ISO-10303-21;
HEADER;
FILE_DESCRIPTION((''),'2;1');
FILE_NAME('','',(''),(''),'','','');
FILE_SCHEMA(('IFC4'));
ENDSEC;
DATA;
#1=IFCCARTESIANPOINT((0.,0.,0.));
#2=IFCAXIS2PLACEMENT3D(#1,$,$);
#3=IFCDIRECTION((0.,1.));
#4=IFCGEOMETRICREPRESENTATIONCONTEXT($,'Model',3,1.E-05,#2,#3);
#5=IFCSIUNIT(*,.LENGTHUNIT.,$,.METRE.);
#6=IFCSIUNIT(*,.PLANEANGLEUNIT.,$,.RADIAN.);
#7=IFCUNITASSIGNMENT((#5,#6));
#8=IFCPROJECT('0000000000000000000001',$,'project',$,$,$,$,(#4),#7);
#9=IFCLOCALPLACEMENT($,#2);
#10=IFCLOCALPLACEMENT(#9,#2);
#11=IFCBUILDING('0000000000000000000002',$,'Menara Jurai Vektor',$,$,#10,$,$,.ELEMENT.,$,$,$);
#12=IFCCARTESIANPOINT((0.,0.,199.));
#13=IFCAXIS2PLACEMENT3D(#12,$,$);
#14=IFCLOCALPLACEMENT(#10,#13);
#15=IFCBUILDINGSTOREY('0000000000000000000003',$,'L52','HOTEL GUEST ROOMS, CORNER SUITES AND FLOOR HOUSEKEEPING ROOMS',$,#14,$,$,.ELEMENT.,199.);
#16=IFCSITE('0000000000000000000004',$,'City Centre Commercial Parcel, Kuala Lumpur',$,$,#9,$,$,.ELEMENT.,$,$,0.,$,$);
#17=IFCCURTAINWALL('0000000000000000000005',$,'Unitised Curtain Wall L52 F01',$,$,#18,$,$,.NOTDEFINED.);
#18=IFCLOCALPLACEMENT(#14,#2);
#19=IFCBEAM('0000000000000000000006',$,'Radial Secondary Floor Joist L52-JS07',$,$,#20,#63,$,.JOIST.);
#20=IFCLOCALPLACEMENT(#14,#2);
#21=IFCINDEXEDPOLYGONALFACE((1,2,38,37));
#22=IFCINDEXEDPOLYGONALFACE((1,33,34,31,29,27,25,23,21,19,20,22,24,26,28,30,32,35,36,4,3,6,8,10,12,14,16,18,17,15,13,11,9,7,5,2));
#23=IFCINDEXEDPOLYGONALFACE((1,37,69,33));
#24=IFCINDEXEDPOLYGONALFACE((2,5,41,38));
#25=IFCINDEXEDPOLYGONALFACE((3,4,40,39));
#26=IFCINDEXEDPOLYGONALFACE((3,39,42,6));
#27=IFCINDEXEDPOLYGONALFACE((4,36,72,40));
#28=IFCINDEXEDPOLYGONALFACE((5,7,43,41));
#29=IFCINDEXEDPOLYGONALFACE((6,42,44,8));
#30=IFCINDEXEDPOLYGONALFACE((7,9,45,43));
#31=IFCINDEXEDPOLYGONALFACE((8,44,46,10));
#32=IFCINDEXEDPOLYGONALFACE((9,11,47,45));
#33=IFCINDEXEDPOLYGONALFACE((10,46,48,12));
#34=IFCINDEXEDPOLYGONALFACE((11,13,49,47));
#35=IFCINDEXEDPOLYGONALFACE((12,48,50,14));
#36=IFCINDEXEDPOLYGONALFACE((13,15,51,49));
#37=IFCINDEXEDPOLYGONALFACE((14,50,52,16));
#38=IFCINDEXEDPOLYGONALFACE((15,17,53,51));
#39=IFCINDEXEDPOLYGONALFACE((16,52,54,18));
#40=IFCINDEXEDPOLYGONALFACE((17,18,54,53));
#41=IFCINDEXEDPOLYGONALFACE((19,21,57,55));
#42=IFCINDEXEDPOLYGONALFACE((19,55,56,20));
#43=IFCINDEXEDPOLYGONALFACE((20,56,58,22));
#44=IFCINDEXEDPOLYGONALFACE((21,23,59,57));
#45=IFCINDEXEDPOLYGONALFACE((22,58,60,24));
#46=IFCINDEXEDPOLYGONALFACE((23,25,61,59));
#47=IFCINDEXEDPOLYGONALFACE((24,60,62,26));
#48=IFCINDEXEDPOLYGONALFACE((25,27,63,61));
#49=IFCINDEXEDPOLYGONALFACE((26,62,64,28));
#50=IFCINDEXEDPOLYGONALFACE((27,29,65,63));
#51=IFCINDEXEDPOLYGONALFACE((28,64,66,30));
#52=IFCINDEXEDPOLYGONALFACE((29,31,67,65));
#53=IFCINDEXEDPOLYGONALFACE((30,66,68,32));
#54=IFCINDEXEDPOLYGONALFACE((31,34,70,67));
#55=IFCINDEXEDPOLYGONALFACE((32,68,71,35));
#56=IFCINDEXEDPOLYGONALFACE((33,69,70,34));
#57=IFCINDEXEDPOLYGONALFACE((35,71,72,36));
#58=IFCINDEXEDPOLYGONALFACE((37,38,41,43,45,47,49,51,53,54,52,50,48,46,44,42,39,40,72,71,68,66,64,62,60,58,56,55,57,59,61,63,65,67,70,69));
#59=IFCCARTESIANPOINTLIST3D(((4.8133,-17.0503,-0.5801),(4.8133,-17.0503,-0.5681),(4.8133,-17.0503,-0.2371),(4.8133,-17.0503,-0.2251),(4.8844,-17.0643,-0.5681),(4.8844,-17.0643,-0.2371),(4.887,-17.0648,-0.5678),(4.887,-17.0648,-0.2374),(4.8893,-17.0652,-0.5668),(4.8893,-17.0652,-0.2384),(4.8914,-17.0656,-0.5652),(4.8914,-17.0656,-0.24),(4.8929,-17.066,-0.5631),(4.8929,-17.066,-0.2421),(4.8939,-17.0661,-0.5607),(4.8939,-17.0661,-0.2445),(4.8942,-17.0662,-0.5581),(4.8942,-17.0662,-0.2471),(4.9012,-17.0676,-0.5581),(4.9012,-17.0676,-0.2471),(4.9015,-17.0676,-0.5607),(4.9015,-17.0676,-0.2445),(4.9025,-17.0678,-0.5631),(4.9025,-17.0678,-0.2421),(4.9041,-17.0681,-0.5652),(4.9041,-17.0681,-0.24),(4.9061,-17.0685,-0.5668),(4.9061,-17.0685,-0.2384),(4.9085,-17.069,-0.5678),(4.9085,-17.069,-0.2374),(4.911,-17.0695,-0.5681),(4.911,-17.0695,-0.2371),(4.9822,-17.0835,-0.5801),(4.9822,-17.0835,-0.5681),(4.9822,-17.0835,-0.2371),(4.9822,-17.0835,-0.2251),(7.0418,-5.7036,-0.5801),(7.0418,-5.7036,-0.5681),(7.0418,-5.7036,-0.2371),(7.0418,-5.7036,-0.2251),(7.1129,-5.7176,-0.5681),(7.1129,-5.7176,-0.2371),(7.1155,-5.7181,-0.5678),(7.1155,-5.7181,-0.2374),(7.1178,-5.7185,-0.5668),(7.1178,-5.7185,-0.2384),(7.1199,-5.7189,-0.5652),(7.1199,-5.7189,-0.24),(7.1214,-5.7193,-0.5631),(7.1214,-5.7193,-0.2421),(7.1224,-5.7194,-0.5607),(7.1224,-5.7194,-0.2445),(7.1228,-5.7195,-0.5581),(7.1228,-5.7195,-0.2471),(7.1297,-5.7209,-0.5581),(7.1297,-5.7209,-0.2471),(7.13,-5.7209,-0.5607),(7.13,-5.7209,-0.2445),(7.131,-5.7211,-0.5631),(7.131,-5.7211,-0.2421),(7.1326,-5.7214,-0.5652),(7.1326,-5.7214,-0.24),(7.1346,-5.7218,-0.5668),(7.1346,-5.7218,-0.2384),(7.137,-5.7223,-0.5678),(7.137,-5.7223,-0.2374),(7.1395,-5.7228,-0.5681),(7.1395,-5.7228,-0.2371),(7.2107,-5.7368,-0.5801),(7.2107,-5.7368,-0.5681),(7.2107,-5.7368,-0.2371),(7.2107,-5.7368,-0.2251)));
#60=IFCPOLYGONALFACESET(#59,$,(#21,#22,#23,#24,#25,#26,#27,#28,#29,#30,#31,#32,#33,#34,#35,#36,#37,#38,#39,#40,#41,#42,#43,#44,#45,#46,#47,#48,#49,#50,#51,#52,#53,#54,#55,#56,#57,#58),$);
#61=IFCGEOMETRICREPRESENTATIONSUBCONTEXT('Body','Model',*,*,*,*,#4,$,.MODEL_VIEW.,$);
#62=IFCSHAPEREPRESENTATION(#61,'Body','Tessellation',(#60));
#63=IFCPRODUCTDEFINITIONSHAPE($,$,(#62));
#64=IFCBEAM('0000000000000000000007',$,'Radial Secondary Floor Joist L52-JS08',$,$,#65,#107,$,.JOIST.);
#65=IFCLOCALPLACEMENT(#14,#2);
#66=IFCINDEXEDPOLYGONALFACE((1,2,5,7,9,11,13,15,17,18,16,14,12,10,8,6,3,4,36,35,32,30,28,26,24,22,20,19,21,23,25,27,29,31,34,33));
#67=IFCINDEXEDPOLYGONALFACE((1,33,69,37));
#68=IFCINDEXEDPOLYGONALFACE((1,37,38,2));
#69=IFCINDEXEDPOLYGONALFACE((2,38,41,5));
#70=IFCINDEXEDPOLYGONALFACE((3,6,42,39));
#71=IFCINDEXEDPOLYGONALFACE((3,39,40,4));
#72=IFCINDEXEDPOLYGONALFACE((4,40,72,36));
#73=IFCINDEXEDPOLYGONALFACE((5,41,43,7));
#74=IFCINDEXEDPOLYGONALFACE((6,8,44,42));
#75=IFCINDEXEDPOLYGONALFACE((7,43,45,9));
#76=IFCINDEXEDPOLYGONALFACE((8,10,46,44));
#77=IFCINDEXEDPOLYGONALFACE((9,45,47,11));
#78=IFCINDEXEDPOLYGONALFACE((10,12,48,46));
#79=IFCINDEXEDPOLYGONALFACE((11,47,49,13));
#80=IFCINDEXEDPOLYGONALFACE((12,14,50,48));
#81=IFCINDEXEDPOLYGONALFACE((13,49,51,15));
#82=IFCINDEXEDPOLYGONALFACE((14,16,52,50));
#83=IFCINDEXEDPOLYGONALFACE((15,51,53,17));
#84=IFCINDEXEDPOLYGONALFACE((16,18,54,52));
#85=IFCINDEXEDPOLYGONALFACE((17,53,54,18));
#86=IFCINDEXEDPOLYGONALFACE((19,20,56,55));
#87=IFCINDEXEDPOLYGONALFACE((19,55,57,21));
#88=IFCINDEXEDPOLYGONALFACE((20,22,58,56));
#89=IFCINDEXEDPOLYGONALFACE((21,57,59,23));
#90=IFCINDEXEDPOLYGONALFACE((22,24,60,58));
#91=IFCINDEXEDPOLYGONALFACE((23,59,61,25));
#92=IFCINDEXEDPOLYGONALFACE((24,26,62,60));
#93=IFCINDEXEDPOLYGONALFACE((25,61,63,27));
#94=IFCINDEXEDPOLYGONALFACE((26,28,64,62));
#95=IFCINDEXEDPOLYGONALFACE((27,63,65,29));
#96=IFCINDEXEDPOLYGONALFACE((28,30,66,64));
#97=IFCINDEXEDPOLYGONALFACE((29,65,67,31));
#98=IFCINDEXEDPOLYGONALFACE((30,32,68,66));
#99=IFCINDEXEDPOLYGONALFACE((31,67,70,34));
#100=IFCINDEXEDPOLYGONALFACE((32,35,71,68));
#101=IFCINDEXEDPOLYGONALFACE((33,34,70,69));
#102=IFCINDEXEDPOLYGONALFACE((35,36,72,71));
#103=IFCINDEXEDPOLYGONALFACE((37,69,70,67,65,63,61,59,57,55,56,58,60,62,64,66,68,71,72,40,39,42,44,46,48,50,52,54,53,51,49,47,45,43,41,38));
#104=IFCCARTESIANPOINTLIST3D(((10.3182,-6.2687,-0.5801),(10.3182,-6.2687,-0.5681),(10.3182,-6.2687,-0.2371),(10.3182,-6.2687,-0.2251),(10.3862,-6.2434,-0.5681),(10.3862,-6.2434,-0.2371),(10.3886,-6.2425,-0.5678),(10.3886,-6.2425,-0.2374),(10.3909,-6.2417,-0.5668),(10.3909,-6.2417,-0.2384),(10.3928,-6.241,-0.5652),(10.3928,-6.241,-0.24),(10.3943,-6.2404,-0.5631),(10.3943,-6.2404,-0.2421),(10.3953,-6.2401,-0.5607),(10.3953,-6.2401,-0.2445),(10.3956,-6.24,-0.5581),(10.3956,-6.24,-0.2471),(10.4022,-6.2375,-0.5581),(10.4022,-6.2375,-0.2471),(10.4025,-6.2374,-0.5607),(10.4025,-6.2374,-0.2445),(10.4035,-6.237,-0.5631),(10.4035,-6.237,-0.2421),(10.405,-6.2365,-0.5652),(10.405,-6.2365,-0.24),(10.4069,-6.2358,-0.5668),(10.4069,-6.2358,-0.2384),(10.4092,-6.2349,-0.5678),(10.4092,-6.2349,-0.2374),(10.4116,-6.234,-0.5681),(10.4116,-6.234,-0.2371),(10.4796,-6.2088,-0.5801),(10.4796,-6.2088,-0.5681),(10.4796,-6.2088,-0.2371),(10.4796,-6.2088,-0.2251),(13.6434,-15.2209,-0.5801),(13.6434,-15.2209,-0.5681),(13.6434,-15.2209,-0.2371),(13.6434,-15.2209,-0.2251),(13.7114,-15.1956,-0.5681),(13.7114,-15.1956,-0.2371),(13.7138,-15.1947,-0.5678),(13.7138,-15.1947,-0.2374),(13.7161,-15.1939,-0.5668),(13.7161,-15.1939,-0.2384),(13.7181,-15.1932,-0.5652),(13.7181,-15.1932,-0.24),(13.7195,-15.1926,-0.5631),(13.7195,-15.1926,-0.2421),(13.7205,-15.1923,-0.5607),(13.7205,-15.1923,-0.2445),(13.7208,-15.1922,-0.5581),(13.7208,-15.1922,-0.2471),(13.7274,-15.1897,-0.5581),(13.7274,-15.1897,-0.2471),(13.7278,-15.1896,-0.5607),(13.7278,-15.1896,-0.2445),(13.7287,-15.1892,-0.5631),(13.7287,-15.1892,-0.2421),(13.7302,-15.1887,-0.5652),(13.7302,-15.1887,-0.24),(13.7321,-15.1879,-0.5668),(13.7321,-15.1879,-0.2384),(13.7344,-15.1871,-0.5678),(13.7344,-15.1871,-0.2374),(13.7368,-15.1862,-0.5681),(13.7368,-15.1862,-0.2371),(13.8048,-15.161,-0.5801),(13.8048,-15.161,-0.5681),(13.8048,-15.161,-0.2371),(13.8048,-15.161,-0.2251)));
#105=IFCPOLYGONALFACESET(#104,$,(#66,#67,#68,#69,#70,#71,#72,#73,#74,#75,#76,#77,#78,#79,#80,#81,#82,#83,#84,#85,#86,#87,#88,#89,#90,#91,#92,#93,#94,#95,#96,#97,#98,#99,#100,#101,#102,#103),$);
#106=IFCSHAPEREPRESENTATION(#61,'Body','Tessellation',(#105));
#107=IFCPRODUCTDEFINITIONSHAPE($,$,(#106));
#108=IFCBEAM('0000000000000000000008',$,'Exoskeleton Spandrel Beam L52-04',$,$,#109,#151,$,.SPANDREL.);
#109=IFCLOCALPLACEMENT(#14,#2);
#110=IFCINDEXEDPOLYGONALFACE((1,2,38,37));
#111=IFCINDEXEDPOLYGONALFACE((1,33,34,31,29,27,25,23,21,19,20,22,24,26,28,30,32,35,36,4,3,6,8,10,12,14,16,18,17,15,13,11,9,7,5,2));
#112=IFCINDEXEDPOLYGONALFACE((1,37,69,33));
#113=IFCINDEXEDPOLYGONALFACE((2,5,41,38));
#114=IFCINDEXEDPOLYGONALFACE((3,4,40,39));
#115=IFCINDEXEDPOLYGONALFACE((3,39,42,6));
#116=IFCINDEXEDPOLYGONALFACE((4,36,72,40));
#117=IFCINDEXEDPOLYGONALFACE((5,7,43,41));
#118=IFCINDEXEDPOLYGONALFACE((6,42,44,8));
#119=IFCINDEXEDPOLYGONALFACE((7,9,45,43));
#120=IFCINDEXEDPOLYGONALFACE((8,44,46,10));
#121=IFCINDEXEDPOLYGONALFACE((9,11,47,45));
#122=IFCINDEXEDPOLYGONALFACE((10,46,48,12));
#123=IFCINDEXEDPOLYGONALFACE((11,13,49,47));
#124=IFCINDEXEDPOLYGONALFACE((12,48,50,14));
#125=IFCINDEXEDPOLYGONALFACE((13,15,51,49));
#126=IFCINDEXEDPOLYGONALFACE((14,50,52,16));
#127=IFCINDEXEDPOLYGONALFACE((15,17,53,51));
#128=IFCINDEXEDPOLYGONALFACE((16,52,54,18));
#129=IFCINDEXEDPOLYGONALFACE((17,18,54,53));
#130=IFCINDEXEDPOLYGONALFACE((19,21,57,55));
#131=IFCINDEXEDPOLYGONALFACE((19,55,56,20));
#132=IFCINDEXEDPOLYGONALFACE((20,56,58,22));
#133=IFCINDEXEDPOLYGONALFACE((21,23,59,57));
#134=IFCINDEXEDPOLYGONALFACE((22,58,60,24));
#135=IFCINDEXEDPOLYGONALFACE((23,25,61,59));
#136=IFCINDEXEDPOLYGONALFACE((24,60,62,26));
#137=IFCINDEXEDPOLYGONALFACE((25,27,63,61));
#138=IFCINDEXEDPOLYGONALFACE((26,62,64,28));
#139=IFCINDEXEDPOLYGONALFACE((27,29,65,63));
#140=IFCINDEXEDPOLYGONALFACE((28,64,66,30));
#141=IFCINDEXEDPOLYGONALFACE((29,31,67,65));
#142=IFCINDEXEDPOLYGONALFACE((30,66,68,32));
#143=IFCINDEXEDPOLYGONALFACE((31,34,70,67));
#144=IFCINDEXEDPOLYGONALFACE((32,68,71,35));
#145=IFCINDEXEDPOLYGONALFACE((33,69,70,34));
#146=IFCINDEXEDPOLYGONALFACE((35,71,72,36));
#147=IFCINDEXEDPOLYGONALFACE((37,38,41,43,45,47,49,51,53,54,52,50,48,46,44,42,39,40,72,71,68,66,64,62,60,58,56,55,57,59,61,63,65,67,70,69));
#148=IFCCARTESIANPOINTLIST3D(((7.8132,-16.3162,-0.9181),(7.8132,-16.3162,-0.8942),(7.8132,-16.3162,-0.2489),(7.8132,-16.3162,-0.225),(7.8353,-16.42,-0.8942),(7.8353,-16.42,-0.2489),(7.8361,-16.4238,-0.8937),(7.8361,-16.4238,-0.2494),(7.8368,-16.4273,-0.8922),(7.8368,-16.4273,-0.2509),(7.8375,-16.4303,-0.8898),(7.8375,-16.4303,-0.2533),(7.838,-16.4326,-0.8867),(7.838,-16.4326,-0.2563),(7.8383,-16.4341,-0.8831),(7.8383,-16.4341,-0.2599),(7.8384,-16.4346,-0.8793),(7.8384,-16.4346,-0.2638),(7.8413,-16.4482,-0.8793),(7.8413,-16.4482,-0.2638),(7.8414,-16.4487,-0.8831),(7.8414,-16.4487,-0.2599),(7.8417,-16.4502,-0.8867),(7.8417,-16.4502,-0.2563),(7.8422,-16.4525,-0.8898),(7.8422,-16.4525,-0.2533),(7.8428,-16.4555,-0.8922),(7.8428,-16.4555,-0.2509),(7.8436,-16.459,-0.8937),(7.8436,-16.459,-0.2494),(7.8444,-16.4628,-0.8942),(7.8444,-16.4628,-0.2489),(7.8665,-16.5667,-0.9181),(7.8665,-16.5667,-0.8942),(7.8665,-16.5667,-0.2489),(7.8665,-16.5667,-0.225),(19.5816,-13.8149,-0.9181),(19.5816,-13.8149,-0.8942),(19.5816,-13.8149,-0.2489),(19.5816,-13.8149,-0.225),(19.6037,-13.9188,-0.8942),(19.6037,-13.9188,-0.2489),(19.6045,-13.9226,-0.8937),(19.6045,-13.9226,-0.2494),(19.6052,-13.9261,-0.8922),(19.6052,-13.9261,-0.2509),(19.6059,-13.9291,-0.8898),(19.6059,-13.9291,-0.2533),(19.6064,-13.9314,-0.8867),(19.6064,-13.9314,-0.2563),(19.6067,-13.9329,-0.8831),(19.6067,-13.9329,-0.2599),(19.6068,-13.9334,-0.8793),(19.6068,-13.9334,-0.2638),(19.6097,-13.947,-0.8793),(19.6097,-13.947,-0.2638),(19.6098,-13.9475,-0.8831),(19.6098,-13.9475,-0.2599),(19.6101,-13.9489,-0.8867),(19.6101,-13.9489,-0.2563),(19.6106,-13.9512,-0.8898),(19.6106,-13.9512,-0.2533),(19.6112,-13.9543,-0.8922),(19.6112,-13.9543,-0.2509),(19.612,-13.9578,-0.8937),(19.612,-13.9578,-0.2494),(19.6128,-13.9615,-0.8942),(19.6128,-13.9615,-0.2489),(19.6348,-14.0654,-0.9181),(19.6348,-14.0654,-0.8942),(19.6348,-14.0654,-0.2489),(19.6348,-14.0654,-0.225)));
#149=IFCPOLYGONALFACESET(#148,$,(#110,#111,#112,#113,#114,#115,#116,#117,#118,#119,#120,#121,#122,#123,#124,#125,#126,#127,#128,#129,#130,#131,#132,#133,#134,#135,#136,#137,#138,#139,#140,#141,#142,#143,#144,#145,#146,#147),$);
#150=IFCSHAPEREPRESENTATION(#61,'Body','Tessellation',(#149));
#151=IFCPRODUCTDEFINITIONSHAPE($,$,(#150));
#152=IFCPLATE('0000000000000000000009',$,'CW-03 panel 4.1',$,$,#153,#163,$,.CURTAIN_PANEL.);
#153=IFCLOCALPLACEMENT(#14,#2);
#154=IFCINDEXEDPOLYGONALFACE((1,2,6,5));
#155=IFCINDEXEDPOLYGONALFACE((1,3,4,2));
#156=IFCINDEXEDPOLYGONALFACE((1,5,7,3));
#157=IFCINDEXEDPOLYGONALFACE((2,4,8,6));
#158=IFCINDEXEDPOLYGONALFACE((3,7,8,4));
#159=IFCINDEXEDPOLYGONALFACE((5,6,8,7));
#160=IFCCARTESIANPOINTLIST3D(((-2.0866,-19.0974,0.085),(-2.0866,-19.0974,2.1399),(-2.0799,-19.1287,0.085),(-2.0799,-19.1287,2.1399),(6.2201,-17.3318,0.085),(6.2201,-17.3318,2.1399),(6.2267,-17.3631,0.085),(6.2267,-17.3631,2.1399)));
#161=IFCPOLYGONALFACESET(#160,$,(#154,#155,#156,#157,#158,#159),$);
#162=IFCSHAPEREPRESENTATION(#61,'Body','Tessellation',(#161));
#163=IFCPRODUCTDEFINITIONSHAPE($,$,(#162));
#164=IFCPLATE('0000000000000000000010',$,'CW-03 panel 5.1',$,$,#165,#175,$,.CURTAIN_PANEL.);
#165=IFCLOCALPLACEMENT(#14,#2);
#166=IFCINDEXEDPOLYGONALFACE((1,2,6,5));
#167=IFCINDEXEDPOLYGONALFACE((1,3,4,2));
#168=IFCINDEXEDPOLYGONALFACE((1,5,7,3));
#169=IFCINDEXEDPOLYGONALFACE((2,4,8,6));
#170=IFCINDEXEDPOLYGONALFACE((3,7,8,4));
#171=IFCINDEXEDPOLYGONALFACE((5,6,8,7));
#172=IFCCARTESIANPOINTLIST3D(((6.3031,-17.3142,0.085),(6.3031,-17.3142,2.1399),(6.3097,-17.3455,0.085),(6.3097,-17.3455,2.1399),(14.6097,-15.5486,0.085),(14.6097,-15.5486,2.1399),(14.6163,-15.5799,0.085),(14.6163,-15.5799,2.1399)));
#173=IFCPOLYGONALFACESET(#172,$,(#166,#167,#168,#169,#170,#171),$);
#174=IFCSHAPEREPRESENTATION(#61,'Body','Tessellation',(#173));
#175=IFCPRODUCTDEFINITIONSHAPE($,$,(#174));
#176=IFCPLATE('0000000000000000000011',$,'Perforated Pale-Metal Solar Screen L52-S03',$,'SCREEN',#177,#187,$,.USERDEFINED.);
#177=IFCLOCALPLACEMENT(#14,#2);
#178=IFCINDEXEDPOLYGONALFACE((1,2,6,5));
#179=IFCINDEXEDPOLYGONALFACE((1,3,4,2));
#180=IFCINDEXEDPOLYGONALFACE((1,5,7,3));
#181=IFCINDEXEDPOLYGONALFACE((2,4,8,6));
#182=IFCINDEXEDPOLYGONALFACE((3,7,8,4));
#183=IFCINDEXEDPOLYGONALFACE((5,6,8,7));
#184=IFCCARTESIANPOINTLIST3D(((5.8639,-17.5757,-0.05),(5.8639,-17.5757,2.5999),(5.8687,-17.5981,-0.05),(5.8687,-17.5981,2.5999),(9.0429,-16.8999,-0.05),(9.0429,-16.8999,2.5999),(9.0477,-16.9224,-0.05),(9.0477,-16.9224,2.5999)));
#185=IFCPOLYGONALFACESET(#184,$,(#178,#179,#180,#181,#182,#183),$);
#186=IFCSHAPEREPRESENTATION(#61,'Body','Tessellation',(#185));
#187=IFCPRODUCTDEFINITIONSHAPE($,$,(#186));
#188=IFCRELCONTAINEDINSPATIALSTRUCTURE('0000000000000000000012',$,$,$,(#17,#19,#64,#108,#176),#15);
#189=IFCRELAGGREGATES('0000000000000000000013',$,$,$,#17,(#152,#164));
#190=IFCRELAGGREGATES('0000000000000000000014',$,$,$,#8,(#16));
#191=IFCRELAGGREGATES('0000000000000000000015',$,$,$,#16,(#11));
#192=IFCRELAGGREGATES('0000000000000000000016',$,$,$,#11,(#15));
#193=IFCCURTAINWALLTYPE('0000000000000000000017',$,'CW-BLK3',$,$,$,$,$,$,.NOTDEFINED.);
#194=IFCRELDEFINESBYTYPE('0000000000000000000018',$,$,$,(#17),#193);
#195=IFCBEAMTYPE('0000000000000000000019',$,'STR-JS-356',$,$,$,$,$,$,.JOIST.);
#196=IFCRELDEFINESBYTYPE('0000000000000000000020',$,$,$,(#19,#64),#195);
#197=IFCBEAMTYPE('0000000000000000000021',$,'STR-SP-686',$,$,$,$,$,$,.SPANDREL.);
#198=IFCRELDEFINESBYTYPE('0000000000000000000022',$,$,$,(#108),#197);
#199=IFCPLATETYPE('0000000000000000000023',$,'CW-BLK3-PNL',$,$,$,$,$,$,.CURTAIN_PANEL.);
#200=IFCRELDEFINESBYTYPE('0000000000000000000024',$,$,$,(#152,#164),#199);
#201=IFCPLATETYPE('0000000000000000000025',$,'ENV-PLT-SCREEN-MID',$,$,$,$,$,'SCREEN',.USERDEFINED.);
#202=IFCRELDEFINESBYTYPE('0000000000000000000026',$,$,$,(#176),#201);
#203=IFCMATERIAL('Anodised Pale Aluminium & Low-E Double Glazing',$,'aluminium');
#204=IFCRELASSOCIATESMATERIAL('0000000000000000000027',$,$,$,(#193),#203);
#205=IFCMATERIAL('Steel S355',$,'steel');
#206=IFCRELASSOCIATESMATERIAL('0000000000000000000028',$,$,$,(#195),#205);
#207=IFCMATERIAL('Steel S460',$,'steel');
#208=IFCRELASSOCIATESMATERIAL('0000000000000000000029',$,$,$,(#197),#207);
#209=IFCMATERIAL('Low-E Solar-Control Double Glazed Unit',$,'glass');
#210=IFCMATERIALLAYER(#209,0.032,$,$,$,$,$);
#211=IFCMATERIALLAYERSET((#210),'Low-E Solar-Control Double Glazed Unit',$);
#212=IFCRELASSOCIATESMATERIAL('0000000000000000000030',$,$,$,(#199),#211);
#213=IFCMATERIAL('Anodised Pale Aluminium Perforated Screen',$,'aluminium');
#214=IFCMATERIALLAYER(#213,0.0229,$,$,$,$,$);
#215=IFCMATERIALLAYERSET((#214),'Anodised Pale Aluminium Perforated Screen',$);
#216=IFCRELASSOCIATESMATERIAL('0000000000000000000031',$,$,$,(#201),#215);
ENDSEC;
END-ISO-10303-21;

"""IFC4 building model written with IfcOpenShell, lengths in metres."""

from ifc_helpers import new_model, si_unit, direction, frame, origin, origin_2d, place, context, subcontext, project, spatial, rectangle, i_section, extrude, material, layer, layer_set, material_profile, profile_set, type_object, element, aggregate, save


model = new_model("IFC4")

# Units and contexts
model_context = context("Model", 3, precision=1e-05, world=origin(), true_north=direction((0.0, 1.0)))
body_context = subcontext(model_context, "Body", "Model", "MODEL_VIEW")
ifc_project = project(units=[si_unit("LENGTHUNIT", "METRE"), si_unit("PLANEANGLEUNIT", "RADIAN")], contexts=[model_context])

# Site, building, storey
site_placement = place(None, origin())
site = spatial("IfcSite", under=ifc_project, at=site_placement, Name="City Centre Commercial Parcel, Kuala Lumpur", CompositionType="ELEMENT", RefElevation=0.0)
building_placement = place(site_placement, origin())
building = spatial("IfcBuilding", under=site, at=building_placement, Name="Menara Jurai Vektor", CompositionType="ELEMENT")
storey_placement = place(building_placement, frame((0.0, 0.0, 199.0)))
storey = spatial("IfcBuildingStorey", under=building, at=storey_placement, Name="L52", Description="HOTEL GUEST ROOMS, CORNER SUITES AND FLOOR HOUSEKEEPING ROOMS", CompositionType="ELEMENT", Elevation=199.0)

# Shared definitions
ifc_material_1 = material(Name="Steel S460", Category="steel")

# Curtain wall
ifc_material_2 = material(Name="Anodised Pale Aluminium & Low-E Double Glazing", Category="aluminium")
curtain_wall_type = type_object("IfcCurtainWallType", Name="CW-BLK3", PredefinedType="NOTDEFINED", material=ifc_material_2)
curtain_wall_placement = place(storey_placement, origin())
curtain_wall = element("IfcCurtainWall", 1, at=curtain_wall_placement, inside=storey, type_object=curtain_wall_type, Name="Unitised Curtain Wall L52 F01", PredefinedType="NOTDEFINED")

# Beams
ifc_material_3 = material(Name="Steel S355", Category="steel")
ifc_material_profile_1 = material_profile(ifc_material_3, i_section(OverallWidth=0.1721, OverallDepth=0.355, WebThickness=0.0071, FlangeThickness=0.012, FilletRadius=0.01, at=origin_2d()), Name="UKB 356x171x51")
ifc_profile_set_1 = profile_set([ifc_material_profile_1], Name="Steel S355")
beam_type_1 = type_object("IfcBeamType", Name="STR-JS-356", PredefinedType="JOIST", material=ifc_profile_set_1)
beam_1_placement = place(storey_placement, frame((4.8977, -17.0669, -0.4026), z_axis=(0.192721, 0.981254, 0.0), x_axis=(-0.981254, 0.192721, 0.0)))
element("IfcBeam", 2, at=beam_1_placement, inside=storey, type_object=beam_type_1, Name="Radial Secondary Floor Joist L52-JS07", PredefinedType="JOIST", context=body_context, shape_type="SweptSolid", body=[
    extrude(i_section(OverallWidth=0.1721, OverallDepth=0.355, WebThickness=0.0071, FlangeThickness=0.012, FilletRadius=0.01, at=origin_2d()), origin(), (0.0, 0.0, 1.0), 11.5635),
])
beam_2_placement = place(storey_placement, frame((13.7241, -15.1909, -0.4026), z_axis=(-0.348197, 0.937421, 0.0), x_axis=(-0.937421, -0.348197, 0.0)))
element("IfcBeam", 3, at=beam_2_placement, inside=storey, type_object=beam_type_1, Name="Radial Secondary Floor Joist L52-JS08", PredefinedType="JOIST", context=body_context, shape_type="SweptSolid", body=[
    extrude(i_section(OverallWidth=0.1721, OverallDepth=0.355, WebThickness=0.0071, FlangeThickness=0.012, FilletRadius=0.01, at=origin_2d()), origin(), (0.0, 0.0, 1.0), 9.5498),
])
ifc_material_profile_2 = material_profile(ifc_material_1, i_section(OverallWidth=0.2561, OverallDepth=0.6931, WebThickness=0.0139, FlangeThickness=0.0239, FilletRadius=0.0149, at=origin_2d()), Name="UKB 686x254x170")
ifc_profile_set_2 = profile_set([ifc_material_profile_2], Name="Steel S460")
beam_type_2 = type_object("IfcBeamType", Name="STR-SP-686", PredefinedType="SPANDREL", material=ifc_profile_set_2)
beam_3_placement = place(storey_placement, frame((7.8398, -16.4414, -0.5715), z_axis=(0.978151, 0.207895, 0.0), x_axis=(-0.207895, 0.978151, 0.0)))
element("IfcBeam", 4, at=beam_3_placement, inside=storey, type_object=beam_type_2, Name="Exoskeleton Spandrel Beam L52-04", PredefinedType="SPANDREL", context=body_context, shape_type="SweptSolid", body=[
    extrude(i_section(OverallWidth=0.2561, OverallDepth=0.6931, WebThickness=0.0139, FlangeThickness=0.0239, FilletRadius=0.0149, at=origin_2d()), origin(), (0.0, 0.0, 1.0), 12.0312),
])

# Plates
ifc_material_4 = material(Name="Low-E Solar-Control Double Glazed Unit", Category="glass")
ifc_layer_1 = layer(ifc_material_4, 0.032)
ifc_layer_set_1 = layer_set([ifc_layer_1], Name="Low-E Solar-Control Double Glazed Unit")
plate_type_1 = type_object("IfcPlateType", Name="CW-BLK3-PNL", PredefinedType="CURTAIN_PANEL", material=ifc_layer_set_1)
plate_1_placement = place(storey_placement, frame((2.0701, -18.2302, 0.085), z_axis=(0.0, 0.0, 1.0), x_axis=(0.978148, 0.207911, 0.0)))
plate_1 = element("IfcPlate", 5, at=plate_1_placement, type_object=plate_type_1, Name="CW-03 panel 4.1", PredefinedType="CURTAIN_PANEL", context=body_context, shape_type="SweptSolid", body=[
    extrude(rectangle(XDim=8.4922, YDim=0.032, at=origin_2d()), origin(), (0.0, 0.0, 1.0), 2.0549),
])
plate_2_placement = place(storey_placement, frame((10.4597, -16.447, 0.085), z_axis=(0.0, 0.0, 1.0), x_axis=(0.978148, 0.207911, 0.0)))
plate_2 = element("IfcPlate", 6, at=plate_2_placement, type_object=plate_type_1, Name="CW-03 panel 5.1", PredefinedType="CURTAIN_PANEL", context=body_context, shape_type="SweptSolid", body=[
    extrude(rectangle(XDim=8.4922, YDim=0.032, at=origin_2d()), origin(), (0.0, 0.0, 1.0), 2.0549),
])
aggregate(curtain_wall, [plate_1, plate_2])
ifc_material_5 = material(Name="Anodised Pale Aluminium Perforated Screen", Category="aluminium")
ifc_layer_2 = layer(ifc_material_5, 0.0229)
ifc_layer_set_2 = layer_set([ifc_layer_2], Name="Anodised Pale Aluminium Perforated Screen")
plate_type_2 = type_object("IfcPlateType", Name="ENV-PLT-SCREEN-MID", ElementType="SCREEN", PredefinedType="USERDEFINED", material=ifc_layer_set_2)
plate_3_placement = place(storey_placement, frame((7.4558, -17.249, -0.05), z_axis=(0.0, 0.0, 1.0), x_axis=(0.978148, 0.207912, 0.0)))
element("IfcPlate", 7, at=plate_3_placement, inside=storey, type_object=plate_type_2, Name="Perforated Pale-Metal Solar Screen L52-S03", ObjectType="SCREEN", PredefinedType="USERDEFINED", context=body_context, shape_type="SweptSolid", body=[
    extrude(rectangle(XDim=3.25, YDim=0.0229, at=origin_2d()), origin(), (0.0, 0.0, 1.0), 2.6499),
])

save(model, "model.ifc")
